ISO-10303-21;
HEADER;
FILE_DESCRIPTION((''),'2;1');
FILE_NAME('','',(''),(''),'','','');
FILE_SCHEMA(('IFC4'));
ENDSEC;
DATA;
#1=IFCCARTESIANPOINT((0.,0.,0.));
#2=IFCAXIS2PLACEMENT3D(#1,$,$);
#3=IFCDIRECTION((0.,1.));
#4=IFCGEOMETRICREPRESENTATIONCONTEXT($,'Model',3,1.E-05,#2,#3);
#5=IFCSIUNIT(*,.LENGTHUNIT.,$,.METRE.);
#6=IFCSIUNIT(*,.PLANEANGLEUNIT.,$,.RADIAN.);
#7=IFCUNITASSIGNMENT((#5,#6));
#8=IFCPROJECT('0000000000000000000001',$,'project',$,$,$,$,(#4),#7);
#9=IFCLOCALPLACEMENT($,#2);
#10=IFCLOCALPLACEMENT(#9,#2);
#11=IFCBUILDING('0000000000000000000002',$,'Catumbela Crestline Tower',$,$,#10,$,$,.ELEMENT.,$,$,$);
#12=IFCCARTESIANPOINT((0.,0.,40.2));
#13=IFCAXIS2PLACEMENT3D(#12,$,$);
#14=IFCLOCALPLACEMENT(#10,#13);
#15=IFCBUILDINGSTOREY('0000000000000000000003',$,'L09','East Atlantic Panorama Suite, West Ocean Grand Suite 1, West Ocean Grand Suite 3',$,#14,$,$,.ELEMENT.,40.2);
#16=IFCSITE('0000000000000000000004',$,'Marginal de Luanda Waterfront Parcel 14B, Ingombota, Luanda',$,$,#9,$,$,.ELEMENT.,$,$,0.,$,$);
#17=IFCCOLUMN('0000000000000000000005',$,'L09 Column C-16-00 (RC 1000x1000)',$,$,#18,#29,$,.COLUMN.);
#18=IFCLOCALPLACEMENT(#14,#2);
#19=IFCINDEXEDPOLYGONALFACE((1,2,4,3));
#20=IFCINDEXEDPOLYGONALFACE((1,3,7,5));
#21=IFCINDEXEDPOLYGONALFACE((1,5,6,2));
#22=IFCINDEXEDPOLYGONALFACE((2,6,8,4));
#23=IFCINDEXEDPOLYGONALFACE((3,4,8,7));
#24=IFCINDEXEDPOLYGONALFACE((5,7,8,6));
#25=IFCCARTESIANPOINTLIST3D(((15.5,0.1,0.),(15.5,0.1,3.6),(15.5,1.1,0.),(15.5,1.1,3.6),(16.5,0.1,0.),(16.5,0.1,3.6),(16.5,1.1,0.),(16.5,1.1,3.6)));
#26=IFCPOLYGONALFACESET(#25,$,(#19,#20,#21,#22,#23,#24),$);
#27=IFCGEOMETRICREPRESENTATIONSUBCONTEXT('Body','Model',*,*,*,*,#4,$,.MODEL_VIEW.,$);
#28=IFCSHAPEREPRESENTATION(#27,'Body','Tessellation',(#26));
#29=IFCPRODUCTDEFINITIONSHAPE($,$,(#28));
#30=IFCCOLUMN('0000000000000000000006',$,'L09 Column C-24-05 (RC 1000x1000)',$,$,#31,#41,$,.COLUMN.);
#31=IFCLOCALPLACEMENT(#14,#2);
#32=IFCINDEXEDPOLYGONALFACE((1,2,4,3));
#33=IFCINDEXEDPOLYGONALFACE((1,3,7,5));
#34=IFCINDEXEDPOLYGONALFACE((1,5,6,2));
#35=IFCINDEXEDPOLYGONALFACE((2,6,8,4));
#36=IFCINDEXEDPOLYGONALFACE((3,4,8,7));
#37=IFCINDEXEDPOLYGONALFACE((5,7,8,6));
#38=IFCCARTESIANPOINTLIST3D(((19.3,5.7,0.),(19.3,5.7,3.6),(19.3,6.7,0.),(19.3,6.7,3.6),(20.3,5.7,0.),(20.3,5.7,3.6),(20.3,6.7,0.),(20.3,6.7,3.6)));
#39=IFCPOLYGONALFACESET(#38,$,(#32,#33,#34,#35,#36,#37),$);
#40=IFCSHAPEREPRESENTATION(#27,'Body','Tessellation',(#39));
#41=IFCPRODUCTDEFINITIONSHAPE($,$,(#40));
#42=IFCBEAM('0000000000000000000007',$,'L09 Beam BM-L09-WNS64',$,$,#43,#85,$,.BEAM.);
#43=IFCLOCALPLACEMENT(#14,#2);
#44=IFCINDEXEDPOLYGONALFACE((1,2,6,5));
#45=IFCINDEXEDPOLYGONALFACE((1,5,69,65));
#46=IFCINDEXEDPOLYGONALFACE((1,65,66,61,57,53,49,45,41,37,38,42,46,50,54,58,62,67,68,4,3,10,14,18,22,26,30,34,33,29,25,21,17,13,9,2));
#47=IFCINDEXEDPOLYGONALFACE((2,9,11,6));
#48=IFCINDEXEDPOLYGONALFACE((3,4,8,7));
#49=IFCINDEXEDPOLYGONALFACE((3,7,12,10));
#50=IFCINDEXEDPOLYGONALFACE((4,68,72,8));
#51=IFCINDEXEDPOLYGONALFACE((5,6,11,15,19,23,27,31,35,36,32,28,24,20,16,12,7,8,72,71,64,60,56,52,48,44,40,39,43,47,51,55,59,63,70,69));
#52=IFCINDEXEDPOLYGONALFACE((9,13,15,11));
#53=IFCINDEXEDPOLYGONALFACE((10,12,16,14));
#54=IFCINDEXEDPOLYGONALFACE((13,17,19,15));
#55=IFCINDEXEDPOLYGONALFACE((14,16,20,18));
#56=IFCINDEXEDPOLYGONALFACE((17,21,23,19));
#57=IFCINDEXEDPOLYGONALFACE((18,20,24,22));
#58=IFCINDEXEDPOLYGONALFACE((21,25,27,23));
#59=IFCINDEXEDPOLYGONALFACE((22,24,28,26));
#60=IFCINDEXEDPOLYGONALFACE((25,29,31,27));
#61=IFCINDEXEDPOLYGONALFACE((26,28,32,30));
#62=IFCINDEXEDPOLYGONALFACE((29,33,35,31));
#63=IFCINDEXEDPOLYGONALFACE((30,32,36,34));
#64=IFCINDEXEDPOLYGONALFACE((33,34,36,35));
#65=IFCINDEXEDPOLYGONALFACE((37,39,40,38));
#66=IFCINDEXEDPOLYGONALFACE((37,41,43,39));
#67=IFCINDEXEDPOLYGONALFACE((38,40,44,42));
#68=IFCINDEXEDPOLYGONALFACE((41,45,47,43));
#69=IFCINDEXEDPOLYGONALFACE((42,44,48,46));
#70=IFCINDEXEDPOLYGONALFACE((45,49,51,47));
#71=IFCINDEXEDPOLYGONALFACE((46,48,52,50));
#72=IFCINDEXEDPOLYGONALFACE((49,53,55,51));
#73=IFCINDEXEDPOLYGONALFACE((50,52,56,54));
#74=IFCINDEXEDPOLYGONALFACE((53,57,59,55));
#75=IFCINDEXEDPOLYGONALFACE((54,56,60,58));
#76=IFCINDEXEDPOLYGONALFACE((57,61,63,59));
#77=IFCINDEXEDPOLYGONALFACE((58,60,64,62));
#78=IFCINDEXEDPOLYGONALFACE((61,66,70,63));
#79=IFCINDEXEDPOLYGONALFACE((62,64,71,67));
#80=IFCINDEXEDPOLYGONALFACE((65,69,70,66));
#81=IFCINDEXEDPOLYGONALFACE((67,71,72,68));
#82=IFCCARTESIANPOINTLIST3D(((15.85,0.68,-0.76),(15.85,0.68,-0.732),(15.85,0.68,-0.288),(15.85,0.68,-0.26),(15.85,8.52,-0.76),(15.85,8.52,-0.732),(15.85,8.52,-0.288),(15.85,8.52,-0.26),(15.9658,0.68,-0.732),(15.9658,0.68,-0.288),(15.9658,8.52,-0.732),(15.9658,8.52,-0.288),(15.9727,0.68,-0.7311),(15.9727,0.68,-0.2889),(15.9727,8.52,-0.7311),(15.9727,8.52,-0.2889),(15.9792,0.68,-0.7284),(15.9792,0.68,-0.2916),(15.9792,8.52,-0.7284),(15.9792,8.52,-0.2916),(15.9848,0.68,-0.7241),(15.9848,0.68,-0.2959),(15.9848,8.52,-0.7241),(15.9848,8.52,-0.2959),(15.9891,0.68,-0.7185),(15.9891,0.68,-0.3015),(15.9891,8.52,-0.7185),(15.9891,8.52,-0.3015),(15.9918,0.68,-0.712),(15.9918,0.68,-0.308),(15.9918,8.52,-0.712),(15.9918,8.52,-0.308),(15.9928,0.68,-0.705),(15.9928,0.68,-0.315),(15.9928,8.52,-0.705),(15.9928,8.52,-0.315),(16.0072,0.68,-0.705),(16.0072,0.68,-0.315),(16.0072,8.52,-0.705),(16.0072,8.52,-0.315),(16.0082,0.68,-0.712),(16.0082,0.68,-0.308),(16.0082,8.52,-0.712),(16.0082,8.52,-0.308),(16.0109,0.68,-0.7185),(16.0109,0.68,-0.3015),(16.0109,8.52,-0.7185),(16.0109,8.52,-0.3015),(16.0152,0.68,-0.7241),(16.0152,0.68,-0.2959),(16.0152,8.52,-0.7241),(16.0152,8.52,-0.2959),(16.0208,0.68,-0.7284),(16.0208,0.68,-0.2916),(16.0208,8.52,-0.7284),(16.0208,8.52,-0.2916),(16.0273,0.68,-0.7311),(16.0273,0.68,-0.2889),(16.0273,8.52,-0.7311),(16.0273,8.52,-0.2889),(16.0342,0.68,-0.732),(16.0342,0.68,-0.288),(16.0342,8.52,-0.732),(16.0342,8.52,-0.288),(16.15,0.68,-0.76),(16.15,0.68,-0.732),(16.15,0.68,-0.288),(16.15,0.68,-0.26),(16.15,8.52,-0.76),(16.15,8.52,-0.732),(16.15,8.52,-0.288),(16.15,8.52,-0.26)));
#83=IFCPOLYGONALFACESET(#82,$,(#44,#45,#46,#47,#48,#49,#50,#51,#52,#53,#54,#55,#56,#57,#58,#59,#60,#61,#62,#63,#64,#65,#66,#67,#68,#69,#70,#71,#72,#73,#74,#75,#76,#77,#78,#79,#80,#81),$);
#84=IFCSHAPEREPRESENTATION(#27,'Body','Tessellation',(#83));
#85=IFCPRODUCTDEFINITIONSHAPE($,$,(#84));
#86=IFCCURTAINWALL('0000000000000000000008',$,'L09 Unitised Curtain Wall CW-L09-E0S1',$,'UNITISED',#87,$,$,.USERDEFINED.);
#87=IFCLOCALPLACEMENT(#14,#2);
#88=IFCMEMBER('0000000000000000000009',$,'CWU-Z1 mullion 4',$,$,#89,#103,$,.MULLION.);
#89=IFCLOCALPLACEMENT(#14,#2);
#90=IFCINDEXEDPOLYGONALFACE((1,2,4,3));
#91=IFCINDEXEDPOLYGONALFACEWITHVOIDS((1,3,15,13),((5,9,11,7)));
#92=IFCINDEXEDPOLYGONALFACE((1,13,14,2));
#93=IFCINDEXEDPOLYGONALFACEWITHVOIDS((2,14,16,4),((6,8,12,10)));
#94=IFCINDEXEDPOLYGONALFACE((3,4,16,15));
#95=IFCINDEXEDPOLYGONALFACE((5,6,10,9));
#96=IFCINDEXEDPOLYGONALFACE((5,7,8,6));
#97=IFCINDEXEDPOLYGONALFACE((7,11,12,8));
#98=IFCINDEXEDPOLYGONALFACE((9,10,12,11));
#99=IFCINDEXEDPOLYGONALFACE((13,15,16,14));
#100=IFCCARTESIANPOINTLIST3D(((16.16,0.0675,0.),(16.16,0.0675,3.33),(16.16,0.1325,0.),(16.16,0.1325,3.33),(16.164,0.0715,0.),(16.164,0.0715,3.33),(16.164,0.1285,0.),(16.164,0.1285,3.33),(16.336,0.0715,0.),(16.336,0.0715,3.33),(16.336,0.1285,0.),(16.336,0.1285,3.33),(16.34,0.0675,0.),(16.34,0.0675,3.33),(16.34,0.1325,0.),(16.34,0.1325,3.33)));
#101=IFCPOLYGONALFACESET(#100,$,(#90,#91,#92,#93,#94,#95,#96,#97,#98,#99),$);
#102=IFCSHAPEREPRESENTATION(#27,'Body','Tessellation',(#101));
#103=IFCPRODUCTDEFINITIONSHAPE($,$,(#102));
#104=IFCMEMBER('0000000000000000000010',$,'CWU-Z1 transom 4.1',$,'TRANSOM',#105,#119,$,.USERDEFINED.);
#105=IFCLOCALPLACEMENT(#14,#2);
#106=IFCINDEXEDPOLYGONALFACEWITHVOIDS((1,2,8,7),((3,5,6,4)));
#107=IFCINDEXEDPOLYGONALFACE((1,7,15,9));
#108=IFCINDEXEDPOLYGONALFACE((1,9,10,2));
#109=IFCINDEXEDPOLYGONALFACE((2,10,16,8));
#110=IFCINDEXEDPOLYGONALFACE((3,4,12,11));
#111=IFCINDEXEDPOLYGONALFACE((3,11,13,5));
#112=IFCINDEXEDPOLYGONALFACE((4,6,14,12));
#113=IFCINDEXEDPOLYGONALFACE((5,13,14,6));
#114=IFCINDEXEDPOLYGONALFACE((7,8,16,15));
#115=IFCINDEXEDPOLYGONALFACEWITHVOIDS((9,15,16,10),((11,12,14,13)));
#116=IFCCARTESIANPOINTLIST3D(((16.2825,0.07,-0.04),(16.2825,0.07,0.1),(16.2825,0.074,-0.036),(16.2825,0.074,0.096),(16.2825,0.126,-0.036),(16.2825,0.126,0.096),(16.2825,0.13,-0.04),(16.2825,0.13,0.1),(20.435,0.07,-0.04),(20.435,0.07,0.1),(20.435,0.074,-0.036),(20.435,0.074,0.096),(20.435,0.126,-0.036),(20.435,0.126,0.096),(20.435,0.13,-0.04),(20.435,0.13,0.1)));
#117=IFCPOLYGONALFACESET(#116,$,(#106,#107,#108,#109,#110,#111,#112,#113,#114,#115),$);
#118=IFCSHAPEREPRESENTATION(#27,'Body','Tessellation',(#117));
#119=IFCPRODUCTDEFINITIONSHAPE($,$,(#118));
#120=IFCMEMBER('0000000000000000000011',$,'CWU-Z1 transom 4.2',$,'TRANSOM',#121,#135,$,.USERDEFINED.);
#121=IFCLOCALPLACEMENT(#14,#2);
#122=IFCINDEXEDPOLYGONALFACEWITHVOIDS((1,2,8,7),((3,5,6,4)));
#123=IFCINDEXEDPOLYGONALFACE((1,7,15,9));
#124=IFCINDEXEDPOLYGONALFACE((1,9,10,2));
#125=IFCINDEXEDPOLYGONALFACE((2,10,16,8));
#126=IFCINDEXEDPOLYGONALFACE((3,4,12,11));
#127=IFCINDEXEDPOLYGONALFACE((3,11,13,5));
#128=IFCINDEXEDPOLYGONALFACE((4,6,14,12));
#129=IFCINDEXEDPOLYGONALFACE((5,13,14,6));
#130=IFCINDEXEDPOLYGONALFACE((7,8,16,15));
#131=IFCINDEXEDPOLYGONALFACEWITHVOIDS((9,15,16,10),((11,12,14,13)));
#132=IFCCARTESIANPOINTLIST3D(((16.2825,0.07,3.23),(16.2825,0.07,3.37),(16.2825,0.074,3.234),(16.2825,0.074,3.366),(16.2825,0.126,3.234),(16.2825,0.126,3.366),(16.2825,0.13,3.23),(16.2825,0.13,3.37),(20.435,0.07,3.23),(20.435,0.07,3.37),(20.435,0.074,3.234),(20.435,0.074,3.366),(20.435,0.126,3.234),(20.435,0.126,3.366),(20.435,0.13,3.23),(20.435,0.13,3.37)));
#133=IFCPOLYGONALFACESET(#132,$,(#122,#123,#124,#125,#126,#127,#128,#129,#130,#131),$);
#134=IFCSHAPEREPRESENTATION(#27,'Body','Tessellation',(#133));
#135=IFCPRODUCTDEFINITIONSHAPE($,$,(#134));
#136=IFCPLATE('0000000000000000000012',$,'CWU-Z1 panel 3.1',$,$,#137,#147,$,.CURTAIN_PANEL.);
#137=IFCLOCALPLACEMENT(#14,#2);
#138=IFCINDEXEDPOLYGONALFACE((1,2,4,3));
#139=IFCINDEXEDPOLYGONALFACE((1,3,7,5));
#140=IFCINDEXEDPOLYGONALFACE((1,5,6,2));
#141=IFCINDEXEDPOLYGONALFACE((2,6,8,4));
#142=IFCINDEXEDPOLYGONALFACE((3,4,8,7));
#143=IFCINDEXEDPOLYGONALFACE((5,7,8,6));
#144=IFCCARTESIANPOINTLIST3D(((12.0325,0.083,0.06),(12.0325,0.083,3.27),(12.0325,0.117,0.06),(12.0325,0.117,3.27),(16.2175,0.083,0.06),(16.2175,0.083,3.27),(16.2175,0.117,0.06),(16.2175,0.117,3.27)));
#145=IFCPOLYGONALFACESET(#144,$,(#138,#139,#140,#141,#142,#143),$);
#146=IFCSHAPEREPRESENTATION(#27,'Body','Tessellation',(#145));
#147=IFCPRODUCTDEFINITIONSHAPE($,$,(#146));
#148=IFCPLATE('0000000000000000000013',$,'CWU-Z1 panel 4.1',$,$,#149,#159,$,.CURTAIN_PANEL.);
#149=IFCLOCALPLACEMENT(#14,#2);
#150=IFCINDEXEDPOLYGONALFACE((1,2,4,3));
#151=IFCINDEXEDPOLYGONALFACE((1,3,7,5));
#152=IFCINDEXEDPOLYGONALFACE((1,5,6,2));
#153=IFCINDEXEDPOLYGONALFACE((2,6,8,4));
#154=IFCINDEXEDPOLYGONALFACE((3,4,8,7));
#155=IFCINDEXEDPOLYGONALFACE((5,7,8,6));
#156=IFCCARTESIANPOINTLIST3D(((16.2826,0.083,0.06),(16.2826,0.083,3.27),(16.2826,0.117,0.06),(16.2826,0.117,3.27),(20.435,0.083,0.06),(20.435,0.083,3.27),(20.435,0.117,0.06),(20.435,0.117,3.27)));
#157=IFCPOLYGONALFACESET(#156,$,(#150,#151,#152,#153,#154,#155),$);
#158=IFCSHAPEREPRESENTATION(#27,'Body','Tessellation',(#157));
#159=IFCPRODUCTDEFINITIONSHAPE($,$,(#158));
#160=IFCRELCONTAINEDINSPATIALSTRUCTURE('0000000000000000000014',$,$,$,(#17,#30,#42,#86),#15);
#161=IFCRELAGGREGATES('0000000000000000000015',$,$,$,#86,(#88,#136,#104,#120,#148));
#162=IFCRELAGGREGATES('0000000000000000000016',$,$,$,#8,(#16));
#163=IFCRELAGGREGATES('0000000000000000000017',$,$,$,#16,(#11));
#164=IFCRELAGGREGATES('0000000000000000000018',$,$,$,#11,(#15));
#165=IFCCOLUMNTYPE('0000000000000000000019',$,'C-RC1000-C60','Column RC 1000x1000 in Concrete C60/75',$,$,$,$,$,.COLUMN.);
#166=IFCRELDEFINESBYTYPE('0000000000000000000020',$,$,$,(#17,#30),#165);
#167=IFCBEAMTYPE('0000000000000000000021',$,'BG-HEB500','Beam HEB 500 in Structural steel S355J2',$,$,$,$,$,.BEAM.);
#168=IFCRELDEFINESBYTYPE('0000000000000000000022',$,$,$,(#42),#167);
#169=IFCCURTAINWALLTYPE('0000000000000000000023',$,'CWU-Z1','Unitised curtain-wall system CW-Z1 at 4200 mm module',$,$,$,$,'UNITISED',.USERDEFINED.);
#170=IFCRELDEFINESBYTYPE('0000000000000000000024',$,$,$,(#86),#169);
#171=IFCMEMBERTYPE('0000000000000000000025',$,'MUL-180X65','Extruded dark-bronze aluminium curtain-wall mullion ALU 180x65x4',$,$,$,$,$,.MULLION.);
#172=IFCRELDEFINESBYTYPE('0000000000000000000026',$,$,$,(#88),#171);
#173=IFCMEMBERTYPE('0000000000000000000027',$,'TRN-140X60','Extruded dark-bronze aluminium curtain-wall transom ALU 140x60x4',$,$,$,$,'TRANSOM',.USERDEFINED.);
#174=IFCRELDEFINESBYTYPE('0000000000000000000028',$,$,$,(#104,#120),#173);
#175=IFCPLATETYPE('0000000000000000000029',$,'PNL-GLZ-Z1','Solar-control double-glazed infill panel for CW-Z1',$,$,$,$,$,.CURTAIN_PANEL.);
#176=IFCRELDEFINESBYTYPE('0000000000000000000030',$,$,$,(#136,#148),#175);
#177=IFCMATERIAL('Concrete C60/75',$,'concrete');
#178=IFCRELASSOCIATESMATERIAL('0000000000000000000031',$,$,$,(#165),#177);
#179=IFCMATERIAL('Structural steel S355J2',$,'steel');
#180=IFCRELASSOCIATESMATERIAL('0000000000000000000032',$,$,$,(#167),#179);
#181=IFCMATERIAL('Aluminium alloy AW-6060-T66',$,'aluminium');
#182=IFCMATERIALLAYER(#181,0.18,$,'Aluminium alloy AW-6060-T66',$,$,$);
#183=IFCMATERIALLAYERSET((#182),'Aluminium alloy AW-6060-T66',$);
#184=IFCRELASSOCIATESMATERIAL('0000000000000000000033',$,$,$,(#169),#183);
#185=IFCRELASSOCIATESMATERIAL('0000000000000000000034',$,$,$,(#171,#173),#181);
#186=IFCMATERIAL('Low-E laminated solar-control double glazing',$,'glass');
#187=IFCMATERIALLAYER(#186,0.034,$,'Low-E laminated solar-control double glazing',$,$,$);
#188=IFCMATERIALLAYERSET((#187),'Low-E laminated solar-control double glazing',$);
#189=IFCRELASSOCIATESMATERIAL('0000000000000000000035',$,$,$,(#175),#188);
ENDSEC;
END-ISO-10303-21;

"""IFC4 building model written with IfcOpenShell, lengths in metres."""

from ifc_helpers import new_model, si_unit, direction, frame, origin, origin_2d, place, context, subcontext, project, spatial, rectangle, hollow_rectangle, i_section, extrude, material, layer, layer_set, material_profile, profile_set, type_object, element, aggregate, save


model = new_model("IFC4")

# Units and contexts
model_context = context("Model", 3, precision=1e-05, world=origin(), true_north=direction((0.0, 1.0)))
body_context = subcontext(model_context, "Body", "Model", "MODEL_VIEW")
ifc_project = project(units=[si_unit("LENGTHUNIT", "METRE"), si_unit("PLANEANGLEUNIT", "RADIAN")], contexts=[model_context])

# Site, building, storey
site_placement = place(None, origin())
site = spatial("IfcSite", under=ifc_project, at=site_placement, Name="Marginal de Luanda Waterfront Parcel 14B, Ingombota, Luanda", CompositionType="ELEMENT", RefElevation=0.0)
building_placement = place(site_placement, origin())
building = spatial("IfcBuilding", under=site, at=building_placement, Name="Catumbela Crestline Tower", CompositionType="ELEMENT")
storey_placement = place(building_placement, frame((0.0, 0.0, 40.2)))
storey = spatial("IfcBuildingStorey", under=building, at=storey_placement, Name="L09", Description="East Atlantic Panorama Suite, West Ocean Grand Suite 1, West Ocean Grand Suite 3", CompositionType="ELEMENT", Elevation=40.2)

# Columns
ifc_material_1 = material(Name="Concrete C60/75", Category="concrete")
ifc_material_profile_1 = material_profile(ifc_material_1, rectangle(XDim=1.0, YDim=1.0, at=origin_2d()), Name="RC 1000x1000")
ifc_profile_set_1 = profile_set([ifc_material_profile_1], Name="Concrete C60/75")
column_type = type_object("IfcColumnType", Name="C-RC1000-C60", Description="Column RC 1000x1000 in Concrete C60/75", PredefinedType="COLUMN", material=ifc_profile_set_1)
for number, where, z_axis, x_axis, name in (
    (1, (16.0, 0.6, 0.0), (0.0, 0.0, 1.0), (1.0, 0.0, 0.0), "L09 Column C-16-00 (RC 1000x1000)"),
    (2, (19.8, 6.2, 0.0), (0.0, 0.0, 1.0), (1.0, 0.0, 0.0), "L09 Column C-24-05 (RC 1000x1000)"),
):
    element("IfcColumn", number, at=place(storey_placement, frame(where, z_axis=z_axis, x_axis=x_axis)), inside=storey, type_object=column_type, Name=name, PredefinedType="COLUMN", context=body_context, shape_type="SweptSolid", body=[
        extrude(rectangle(XDim=1.0, YDim=1.0, at=origin_2d()), origin(), (0.0, 0.0, 1.0), 3.6),
    ])

# Beam
ifc_material_2 = material(Name="Structural steel S355J2", Category="steel")
ifc_material_profile_2 = material_profile(ifc_material_2, i_section(OverallWidth=0.3, OverallDepth=0.5, WebThickness=0.0145, FlangeThickness=0.028, FilletRadius=0.027, at=origin_2d()), Name="HEB 500")
ifc_profile_set_2 = profile_set([ifc_material_profile_2], Name="Structural steel S355J2")
beam_type = type_object("IfcBeamType", Name="BG-HEB500", Description="Beam HEB 500 in Structural steel S355J2", PredefinedType="BEAM", material=ifc_profile_set_2)
beam_placement = place(storey_placement, frame((16.0, 0.68, -0.51), z_axis=(0.0, 1.0, 0.0), x_axis=(-1.0, 0.0, 0.0)))
element("IfcBeam", 3, at=beam_placement, inside=storey, type_object=beam_type, Name="L09 Beam BM-L09-WNS64", PredefinedType="BEAM", context=body_context, shape_type="SweptSolid", body=[
    extrude(i_section(OverallWidth=0.3, OverallDepth=0.5, WebThickness=0.0145, FlangeThickness=0.028, FilletRadius=0.027, at=origin_2d()), origin(), (0.0, 0.0, 1.0), 7.84),
])

# Curtain wall, members, plates
ifc_material_3 = material(Name="Aluminium alloy AW-6060-T66", Category="aluminium")
ifc_layer_1 = layer(ifc_material_3, 0.18, Name="Aluminium alloy AW-6060-T66")
ifc_layer_set_1 = layer_set([ifc_layer_1], Name="Aluminium alloy AW-6060-T66")
curtain_wall_type = type_object("IfcCurtainWallType", Name="CWU-Z1", Description="Unitised curtain-wall system CW-Z1 at 4200 mm module", ElementType="UNITISED", PredefinedType="USERDEFINED", material=ifc_layer_set_1)
curtain_wall_placement = place(storey_placement, origin())
curtain_wall = element("IfcCurtainWall", 4, at=curtain_wall_placement, inside=storey, type_object=curtain_wall_type, Name="L09 Unitised Curtain Wall CW-L09-E0S1", ObjectType="UNITISED", PredefinedType="USERDEFINED")
ifc_material_profile_3 = material_profile(ifc_material_3, hollow_rectangle(XDim=0.065, YDim=0.18, WallThickness=0.004, at=origin_2d()), Name="ALU 180x65x4")
ifc_profile_set_3 = profile_set([ifc_material_profile_3], Name="Aluminium alloy AW-6060-T66")
member_type_1 = type_object("IfcMemberType", Name="MUL-180X65", Description="Extruded dark-bronze aluminium curtain-wall mullion ALU 180x65x4", PredefinedType="MULLION", material=ifc_profile_set_3)
member_1_placement = place(storey_placement, frame((16.25, 0.1, 0.0), z_axis=(0.0, 0.0, 1.0), x_axis=(0.0, 1.0, 0.0)))
member_1 = element("IfcMember", 5, at=member_1_placement, type_object=member_type_1, Name="CWU-Z1 mullion 4", PredefinedType="MULLION", context=body_context, shape_type="SweptSolid", body=[
    extrude(hollow_rectangle(XDim=0.065, YDim=0.18, WallThickness=0.004, at=origin_2d()), origin(), (0.0, 0.0, 1.0), 3.33),
])
ifc_material_profile_4 = material_profile(ifc_material_3, hollow_rectangle(XDim=0.06, YDim=0.14, WallThickness=0.004, at=origin_2d()), Name="ALU 140x60x4")
ifc_profile_set_4 = profile_set([ifc_material_profile_4], Name="Aluminium alloy AW-6060-T66")
member_type_2 = type_object("IfcMemberType", Name="TRN-140X60", Description="Extruded dark-bronze aluminium curtain-wall transom ALU 140x60x4", ElementType="TRANSOM", PredefinedType="USERDEFINED", material=ifc_profile_set_4)
member_2_placement = place(storey_placement, frame((16.2825, 0.1, 0.03), z_axis=(1.0, 0.0, 0.0), x_axis=(0.0, 1.0, 0.0)))
member_2 = element("IfcMember", 6, at=member_2_placement, type_object=member_type_2, Name="CWU-Z1 transom 4.1", ObjectType="TRANSOM", PredefinedType="USERDEFINED", context=body_context, shape_type="SweptSolid", body=[
    extrude(hollow_rectangle(XDim=0.06, YDim=0.14, WallThickness=0.004, at=origin_2d()), origin(), (0.0, 0.0, 1.0), 4.1525),
])
member_3_placement = place(storey_placement, frame((16.2825, 0.1, 3.3), z_axis=(1.0, 0.0, 0.0), x_axis=(0.0, 1.0, 0.0)))
member_3 = element("IfcMember", 7, at=member_3_placement, type_object=member_type_2, Name="CWU-Z1 transom 4.2", ObjectType="TRANSOM", PredefinedType="USERDEFINED", context=body_context, shape_type="SweptSolid", body=[
    extrude(hollow_rectangle(XDim=0.06, YDim=0.14, WallThickness=0.004, at=origin_2d()), origin(), (0.0, 0.0, 1.0), 4.1525),
])
ifc_material_4 = material(Name="Low-E laminated solar-control double glazing", Category="glass")
ifc_layer_2 = layer(ifc_material_4, 0.034, Name="Low-E laminated solar-control double glazing")
ifc_layer_set_2 = layer_set([ifc_layer_2], Name="Low-E laminated solar-control double glazing")
plate_type = type_object("IfcPlateType", Name="PNL-GLZ-Z1", Description="Solar-control double-glazed infill panel for CW-Z1", PredefinedType="CURTAIN_PANEL", material=ifc_layer_set_2)
plate_1_placement = place(storey_placement, frame((14.125, 0.1, 0.06), z_axis=(0.0, 0.0, 1.0), x_axis=(1.0, 0.0, 0.0)))
plate_1 = element("IfcPlate", 8, at=plate_1_placement, type_object=plate_type, Name="CWU-Z1 panel 3.1", PredefinedType="CURTAIN_PANEL", context=body_context, shape_type="SweptSolid", body=[
    extrude(rectangle(XDim=4.185, YDim=0.034, at=origin_2d()), origin(), (0.0, 0.0, 1.0), 3.21),
])
plate_2_placement = place(storey_placement, frame((18.3588, 0.1, 0.06), z_axis=(0.0, 0.0, 1.0), x_axis=(1.0, 0.0, 0.0)))
plate_2 = element("IfcPlate", 9, at=plate_2_placement, type_object=plate_type, Name="CWU-Z1 panel 4.1", PredefinedType="CURTAIN_PANEL", context=body_context, shape_type="SweptSolid", body=[
    extrude(rectangle(XDim=4.1525, YDim=0.034, at=origin_2d()), origin(), (0.0, 0.0, 1.0), 3.21),
])
aggregate(curtain_wall, [member_1, plate_1, member_2, member_3, plate_2])

save(model, "model.ifc")
